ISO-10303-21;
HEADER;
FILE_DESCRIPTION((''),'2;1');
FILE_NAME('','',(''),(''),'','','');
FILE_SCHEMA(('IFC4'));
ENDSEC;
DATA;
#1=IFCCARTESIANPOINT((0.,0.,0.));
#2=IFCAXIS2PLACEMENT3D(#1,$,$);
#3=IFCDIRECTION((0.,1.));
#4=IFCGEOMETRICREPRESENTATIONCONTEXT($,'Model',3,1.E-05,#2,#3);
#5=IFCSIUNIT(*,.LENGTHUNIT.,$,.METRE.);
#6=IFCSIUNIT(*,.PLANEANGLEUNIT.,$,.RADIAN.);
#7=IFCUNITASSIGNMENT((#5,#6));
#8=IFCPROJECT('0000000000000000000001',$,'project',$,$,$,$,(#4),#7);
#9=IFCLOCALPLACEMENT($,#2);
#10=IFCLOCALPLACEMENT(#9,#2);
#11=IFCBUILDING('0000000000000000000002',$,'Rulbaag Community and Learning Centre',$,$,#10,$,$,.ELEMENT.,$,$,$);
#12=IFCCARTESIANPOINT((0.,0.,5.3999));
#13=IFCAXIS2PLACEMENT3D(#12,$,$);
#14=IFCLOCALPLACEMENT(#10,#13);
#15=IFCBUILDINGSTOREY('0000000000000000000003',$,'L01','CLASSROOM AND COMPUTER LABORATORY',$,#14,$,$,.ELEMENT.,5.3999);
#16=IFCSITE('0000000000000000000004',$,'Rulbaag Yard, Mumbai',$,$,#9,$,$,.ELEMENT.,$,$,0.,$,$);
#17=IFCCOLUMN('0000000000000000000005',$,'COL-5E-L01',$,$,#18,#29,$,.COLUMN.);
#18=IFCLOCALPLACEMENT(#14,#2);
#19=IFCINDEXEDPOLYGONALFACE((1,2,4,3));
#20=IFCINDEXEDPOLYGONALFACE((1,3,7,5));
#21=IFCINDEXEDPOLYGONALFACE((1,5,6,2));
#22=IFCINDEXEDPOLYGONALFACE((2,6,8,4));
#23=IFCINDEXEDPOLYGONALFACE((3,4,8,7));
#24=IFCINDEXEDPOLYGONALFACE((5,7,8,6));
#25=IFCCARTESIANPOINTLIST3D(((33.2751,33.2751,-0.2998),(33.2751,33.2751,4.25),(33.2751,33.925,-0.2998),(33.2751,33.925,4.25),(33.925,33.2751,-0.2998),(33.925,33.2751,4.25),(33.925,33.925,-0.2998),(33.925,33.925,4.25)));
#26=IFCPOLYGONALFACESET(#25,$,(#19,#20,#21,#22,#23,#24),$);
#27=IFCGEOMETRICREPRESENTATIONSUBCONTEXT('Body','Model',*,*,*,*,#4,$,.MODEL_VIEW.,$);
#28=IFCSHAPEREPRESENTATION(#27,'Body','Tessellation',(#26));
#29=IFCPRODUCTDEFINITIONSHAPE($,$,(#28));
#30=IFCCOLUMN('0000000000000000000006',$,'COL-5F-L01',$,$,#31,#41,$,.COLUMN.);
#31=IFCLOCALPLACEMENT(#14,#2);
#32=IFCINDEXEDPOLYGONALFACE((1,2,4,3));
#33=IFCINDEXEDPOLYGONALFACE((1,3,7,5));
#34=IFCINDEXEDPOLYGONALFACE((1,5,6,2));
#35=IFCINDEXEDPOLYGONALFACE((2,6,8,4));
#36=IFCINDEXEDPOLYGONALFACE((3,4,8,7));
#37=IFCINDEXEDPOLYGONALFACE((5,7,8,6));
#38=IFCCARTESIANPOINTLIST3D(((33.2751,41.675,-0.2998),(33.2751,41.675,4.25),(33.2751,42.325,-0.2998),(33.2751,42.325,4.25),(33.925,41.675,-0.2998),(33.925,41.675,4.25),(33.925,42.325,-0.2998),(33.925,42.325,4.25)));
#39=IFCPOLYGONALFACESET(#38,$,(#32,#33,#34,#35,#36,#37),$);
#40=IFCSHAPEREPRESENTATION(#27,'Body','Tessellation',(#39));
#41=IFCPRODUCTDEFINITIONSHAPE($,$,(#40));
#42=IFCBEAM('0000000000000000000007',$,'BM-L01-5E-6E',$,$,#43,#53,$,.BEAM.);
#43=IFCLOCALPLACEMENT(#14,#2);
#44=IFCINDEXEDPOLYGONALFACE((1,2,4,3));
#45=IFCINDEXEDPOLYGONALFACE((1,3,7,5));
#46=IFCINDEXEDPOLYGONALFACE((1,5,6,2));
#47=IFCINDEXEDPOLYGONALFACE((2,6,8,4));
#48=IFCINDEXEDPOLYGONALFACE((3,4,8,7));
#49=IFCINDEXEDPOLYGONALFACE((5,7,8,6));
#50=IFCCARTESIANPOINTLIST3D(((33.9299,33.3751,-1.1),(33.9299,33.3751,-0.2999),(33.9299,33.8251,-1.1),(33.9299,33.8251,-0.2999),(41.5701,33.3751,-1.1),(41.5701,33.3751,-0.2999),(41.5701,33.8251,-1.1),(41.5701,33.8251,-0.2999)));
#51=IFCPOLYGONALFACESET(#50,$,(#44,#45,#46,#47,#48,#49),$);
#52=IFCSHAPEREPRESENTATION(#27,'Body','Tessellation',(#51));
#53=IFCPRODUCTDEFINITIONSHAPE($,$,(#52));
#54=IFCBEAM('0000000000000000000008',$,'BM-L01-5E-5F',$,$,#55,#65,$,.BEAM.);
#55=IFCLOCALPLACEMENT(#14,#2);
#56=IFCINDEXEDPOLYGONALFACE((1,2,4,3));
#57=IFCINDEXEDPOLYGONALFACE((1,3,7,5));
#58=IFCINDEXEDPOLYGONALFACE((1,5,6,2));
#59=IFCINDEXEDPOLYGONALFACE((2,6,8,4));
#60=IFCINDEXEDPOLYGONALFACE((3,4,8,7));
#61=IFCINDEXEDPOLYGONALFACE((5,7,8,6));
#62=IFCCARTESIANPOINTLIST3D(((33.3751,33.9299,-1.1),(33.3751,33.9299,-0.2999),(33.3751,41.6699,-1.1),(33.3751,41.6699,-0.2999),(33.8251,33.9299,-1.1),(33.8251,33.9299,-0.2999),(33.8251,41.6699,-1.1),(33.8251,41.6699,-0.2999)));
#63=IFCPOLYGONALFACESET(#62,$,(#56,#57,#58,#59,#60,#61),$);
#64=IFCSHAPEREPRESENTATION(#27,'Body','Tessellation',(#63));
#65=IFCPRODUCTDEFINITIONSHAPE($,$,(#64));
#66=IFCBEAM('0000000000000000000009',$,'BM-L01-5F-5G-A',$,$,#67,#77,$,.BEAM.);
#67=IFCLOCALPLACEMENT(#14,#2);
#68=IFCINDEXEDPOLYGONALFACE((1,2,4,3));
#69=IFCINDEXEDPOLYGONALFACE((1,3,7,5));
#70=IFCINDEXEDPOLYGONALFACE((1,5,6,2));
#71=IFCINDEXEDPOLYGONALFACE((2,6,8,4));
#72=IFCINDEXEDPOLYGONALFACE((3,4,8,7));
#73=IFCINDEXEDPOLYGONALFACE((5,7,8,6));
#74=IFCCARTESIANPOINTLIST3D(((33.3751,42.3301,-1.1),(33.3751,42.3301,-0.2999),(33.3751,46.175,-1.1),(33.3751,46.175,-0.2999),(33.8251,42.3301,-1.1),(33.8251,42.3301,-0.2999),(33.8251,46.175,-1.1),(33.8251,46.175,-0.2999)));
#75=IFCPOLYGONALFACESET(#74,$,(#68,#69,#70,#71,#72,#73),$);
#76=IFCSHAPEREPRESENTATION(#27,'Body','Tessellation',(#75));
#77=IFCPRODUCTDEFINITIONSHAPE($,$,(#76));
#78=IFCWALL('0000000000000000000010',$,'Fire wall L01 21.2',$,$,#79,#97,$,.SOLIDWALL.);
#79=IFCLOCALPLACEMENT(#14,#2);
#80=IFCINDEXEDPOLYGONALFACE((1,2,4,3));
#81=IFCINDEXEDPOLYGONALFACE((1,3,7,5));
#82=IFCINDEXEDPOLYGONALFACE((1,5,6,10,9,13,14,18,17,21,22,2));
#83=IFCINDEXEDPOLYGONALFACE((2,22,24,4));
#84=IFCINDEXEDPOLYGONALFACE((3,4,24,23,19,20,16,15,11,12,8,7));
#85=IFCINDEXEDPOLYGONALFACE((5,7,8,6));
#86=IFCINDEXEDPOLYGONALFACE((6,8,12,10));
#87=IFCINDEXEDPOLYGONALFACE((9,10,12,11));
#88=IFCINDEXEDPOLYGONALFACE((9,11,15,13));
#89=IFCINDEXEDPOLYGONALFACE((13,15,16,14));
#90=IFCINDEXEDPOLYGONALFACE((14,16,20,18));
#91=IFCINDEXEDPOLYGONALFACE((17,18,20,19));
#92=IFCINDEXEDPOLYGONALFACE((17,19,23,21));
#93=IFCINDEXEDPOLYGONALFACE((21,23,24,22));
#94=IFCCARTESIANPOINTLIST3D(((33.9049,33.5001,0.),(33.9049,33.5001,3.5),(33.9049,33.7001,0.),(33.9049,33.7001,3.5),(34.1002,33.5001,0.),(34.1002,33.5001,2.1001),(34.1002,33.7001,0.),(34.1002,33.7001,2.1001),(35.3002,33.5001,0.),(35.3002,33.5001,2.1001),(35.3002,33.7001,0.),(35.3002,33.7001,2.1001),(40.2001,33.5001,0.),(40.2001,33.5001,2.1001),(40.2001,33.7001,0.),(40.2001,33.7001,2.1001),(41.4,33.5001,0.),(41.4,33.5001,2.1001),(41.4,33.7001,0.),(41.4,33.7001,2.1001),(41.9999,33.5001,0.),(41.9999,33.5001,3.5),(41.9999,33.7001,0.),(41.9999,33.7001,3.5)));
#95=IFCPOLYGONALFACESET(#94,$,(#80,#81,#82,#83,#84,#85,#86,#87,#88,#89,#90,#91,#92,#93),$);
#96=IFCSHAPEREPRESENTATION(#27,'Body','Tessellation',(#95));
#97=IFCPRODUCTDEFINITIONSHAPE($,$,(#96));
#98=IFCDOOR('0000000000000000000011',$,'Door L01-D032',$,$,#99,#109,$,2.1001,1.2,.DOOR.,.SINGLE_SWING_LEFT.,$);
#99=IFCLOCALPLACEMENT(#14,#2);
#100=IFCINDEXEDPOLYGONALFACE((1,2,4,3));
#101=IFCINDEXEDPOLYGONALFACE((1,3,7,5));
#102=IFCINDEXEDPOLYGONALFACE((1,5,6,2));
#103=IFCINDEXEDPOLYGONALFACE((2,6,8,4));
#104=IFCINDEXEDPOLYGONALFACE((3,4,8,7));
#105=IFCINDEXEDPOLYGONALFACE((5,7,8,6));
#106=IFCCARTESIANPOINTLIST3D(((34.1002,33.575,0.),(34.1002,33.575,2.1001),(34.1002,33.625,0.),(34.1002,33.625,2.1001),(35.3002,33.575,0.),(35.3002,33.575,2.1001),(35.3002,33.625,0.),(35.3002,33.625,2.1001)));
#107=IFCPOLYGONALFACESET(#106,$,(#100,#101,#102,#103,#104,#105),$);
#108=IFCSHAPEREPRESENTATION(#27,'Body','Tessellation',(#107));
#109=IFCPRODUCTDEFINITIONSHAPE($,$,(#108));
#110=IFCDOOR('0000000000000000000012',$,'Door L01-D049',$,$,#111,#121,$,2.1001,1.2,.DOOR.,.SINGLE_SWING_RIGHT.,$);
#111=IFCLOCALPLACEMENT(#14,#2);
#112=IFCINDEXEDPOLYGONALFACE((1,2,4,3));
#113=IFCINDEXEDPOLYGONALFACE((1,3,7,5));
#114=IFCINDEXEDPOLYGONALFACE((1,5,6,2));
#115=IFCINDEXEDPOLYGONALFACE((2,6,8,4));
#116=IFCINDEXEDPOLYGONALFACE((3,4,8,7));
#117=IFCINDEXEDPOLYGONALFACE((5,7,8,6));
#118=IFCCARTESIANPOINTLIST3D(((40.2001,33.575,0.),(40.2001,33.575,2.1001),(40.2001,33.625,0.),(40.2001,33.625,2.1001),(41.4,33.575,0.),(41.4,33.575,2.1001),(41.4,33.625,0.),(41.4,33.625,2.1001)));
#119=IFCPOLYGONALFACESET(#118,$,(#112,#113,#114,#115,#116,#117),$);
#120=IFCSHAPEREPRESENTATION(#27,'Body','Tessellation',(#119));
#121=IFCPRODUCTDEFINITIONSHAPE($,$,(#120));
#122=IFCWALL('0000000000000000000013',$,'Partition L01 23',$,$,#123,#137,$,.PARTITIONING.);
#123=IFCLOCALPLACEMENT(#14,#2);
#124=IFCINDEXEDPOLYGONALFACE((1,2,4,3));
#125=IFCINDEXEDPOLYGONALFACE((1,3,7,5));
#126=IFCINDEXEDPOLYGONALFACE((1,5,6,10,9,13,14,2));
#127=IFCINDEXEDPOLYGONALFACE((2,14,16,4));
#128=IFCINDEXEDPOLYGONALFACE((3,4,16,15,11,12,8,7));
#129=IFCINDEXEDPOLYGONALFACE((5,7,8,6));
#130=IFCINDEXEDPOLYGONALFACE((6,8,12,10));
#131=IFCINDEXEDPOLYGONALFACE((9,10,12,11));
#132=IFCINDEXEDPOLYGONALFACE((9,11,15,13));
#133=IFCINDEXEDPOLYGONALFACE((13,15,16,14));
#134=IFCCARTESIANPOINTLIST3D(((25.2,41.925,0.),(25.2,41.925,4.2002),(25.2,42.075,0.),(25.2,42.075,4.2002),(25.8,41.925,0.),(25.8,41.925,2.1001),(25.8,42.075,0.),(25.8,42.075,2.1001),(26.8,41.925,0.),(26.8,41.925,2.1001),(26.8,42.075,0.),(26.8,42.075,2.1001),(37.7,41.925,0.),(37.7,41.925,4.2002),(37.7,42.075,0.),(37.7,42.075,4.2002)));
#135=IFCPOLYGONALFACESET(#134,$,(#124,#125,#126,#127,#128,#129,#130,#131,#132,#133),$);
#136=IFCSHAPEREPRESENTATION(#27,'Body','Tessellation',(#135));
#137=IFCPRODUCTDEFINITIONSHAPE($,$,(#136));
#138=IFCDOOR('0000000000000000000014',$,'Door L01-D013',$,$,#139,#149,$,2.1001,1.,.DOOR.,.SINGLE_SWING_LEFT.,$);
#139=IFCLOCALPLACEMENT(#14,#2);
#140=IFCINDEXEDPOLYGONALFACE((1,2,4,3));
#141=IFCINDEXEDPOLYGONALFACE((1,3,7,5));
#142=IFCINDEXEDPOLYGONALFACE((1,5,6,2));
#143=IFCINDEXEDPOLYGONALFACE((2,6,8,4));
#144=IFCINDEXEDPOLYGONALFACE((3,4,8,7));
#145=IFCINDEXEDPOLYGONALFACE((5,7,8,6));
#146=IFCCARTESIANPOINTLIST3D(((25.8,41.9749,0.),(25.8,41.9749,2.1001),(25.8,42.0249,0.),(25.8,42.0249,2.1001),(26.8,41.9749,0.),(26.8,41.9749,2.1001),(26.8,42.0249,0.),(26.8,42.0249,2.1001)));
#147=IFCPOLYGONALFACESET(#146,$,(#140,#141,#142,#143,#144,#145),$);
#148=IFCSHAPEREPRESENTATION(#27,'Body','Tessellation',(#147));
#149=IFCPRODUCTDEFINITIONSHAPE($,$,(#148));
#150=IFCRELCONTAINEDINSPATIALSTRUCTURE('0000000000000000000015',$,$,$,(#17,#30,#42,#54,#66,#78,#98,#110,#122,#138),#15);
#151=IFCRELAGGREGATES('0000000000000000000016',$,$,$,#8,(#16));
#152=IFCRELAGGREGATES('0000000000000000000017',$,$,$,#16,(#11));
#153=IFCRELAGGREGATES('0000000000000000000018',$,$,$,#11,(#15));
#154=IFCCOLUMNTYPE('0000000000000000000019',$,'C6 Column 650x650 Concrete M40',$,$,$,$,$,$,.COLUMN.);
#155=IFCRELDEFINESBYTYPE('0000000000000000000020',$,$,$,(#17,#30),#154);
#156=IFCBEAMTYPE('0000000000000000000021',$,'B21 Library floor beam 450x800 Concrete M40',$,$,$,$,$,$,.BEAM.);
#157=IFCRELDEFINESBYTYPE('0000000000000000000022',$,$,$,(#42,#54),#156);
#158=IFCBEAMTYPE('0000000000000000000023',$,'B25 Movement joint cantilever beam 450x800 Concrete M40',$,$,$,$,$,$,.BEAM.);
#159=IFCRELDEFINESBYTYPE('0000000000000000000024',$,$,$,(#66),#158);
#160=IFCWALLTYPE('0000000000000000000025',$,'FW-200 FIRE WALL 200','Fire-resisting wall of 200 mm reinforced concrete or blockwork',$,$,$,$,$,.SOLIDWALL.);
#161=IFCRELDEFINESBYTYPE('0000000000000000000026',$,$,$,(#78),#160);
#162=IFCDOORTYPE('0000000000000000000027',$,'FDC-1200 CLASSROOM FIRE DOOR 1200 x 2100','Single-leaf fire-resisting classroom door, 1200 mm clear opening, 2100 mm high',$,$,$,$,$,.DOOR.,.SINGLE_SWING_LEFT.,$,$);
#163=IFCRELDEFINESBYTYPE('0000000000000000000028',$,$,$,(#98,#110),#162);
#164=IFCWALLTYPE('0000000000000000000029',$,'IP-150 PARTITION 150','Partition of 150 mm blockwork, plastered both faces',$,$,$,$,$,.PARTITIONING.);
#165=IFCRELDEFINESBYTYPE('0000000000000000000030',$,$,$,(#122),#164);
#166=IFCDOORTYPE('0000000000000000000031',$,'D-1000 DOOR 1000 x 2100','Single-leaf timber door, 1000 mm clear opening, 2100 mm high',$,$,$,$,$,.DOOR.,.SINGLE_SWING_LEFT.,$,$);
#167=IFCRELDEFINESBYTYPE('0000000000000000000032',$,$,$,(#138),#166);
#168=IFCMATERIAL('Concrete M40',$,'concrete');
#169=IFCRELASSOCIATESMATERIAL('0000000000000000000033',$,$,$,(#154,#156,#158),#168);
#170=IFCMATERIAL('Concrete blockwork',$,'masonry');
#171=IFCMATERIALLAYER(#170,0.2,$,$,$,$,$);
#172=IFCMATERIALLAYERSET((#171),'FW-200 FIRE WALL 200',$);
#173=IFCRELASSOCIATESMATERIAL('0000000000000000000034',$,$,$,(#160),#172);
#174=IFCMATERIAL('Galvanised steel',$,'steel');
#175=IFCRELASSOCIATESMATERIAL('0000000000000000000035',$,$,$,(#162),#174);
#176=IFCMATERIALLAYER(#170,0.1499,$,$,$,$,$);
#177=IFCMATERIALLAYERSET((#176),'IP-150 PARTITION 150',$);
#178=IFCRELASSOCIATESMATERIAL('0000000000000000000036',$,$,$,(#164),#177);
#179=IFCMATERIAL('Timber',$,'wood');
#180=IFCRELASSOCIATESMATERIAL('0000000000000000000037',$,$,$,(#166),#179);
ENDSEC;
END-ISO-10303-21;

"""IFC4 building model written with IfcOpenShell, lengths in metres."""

from ifc_helpers import new_model, si_unit, direction, frame, frame_2d, origin, origin_2d, place, context, subcontext, project, spatial, rectangle, extrude, material, layer, layer_set, material_profile, profile_set, type_object, element, fill, save


model = new_model("IFC4")

# Units and contexts
model_context = context("Model", 3, precision=1e-05, world=origin(), true_north=direction((0.0, 1.0)))
body_context = subcontext(model_context, "Body", "Model", "MODEL_VIEW")
ifc_project = project(units=[si_unit("LENGTHUNIT", "METRE"), si_unit("PLANEANGLEUNIT", "RADIAN")], contexts=[model_context])

# Site, building, storey
site_placement = place(None, origin())
site = spatial("IfcSite", under=ifc_project, at=site_placement, Name="Rulbaag Yard, Mumbai", CompositionType="ELEMENT", RefElevation=0.0)
building_placement = place(site_placement, origin())
building = spatial("IfcBuilding", under=site, at=building_placement, Name="Rulbaag Community and Learning Centre", CompositionType="ELEMENT")
storey_placement = place(building_placement, frame((0.0, 0.0, 5.3999)))
storey = spatial("IfcBuildingStorey", under=building, at=storey_placement, Name="L01", Description="CLASSROOM AND COMPUTER LABORATORY", CompositionType="ELEMENT", Elevation=5.3999)

# Columns
ifc_material_1 = material(Name="Concrete M40", Category="concrete")
ifc_material_profile_1 = material_profile(ifc_material_1, rectangle(XDim=0.6499, YDim=0.6499, at=origin_2d()), Name="RC650x650")
ifc_profile_set_1 = profile_set([ifc_material_profile_1], Name="Concrete M40")
column_type = type_object("IfcColumnType", Name="C6 Column 650x650 Concrete M40", PredefinedType="COLUMN", material=ifc_profile_set_1)
for number, where, z_axis, x_axis, name in (
    (1, (33.6001, 33.6001, -0.2998), (0.0, 0.0, 1.0), (1.0, 0.0, 0.0), "COL-5E-L01"),
    (2, (33.6001, 42.0, -0.2998), (0.0, 0.0, 1.0), (1.0, 0.0, 0.0), "COL-5F-L01"),
):
    element("IfcColumn", number, at=place(storey_placement, frame(where, z_axis=z_axis, x_axis=x_axis)), inside=storey, type_object=column_type, Name=name, PredefinedType="COLUMN", context=body_context, shape_type="SweptSolid", body=[
        extrude(rectangle(XDim=0.6499, YDim=0.6499, at=origin_2d()), origin(), (0.0, 0.0, 1.0), 4.5498),
    ])

# Beams
ifc_material_profile_2 = material_profile(ifc_material_1, rectangle(XDim=0.45, YDim=0.8, at=origin_2d()), Name="RB450x800")
ifc_profile_set_2 = profile_set([ifc_material_profile_2], Name="Concrete M40")
beam_type_1 = type_object("IfcBeamType", Name="B21 Library floor beam 450x800 Concrete M40", PredefinedType="BEAM", material=ifc_profile_set_2)
beam_1_placement = place(storey_placement, frame((33.9299, 33.6001, -0.7), z_axis=(1.0, 0.0, 0.0), x_axis=(0.0, 1.0, 0.0)))
element("IfcBeam", 3, at=beam_1_placement, inside=storey, type_object=beam_type_1, Name="BM-L01-5E-6E", PredefinedType="BEAM", context=body_context, shape_type="SweptSolid", body=[
    extrude(rectangle(XDim=0.45, YDim=0.8, at=origin_2d()), origin(), (0.0, 0.0, 1.0), 7.6401),
])
beam_2_placement = place(storey_placement, frame((33.6001, 33.9299, -0.7), z_axis=(0.0, 1.0, 0.0), x_axis=(-1.0, 0.0, 0.0)))
element("IfcBeam", 4, at=beam_2_placement, inside=storey, type_object=beam_type_1, Name="BM-L01-5E-5F", PredefinedType="BEAM", context=body_context, shape_type="SweptSolid", body=[
    extrude(rectangle(XDim=0.45, YDim=0.8, at=origin_2d()), origin(), (0.0, 0.0, 1.0), 7.74),
])
ifc_material_profile_3 = material_profile(ifc_material_1, rectangle(XDim=0.45, YDim=0.8, at=origin_2d()), Name="RB450x800")
ifc_profile_set_3 = profile_set([ifc_material_profile_3], Name="Concrete M40")
beam_type_2 = type_object("IfcBeamType", Name="B25 Movement joint cantilever beam 450x800 Concrete M40", PredefinedType="BEAM", material=ifc_profile_set_3)
beam_3_placement = place(storey_placement, frame((33.6001, 42.3301, -0.7), z_axis=(0.0, 1.0, 0.0), x_axis=(-1.0, 0.0, 0.0)))
element("IfcBeam", 5, at=beam_3_placement, inside=storey, type_object=beam_type_2, Name="BM-L01-5F-5G-A", PredefinedType="BEAM", context=body_context, shape_type="SweptSolid", body=[
    extrude(rectangle(XDim=0.45, YDim=0.8, at=origin_2d()), origin(), (0.0, 0.0, 1.0), 3.845),
])

# Wall, openings, doors
ifc_material_2 = material(Name="Concrete blockwork", Category="masonry")
ifc_layer_1 = layer(ifc_material_2, 0.2)
ifc_layer_set_1 = layer_set([ifc_layer_1], Name="FW-200 FIRE WALL 200")
wall_type_1 = type_object("IfcWallType", Name="FW-200 FIRE WALL 200", Description="Fire-resisting wall of 200 mm reinforced concrete or blockwork", PredefinedType="SOLIDWALL", material=ifc_layer_set_1)
wall_1_placement = place(storey_placement, frame((33.905, 33.6001, 0.0), z_axis=(0.0, 0.0, 1.0), x_axis=(1.0, 0.0, 0.0)))
wall_1 = element("IfcWall", 6, at=wall_1_placement, inside=storey, type_object=wall_type_1, Name="Fire wall L01 21.2", PredefinedType="SOLIDWALL", context=body_context, shape_type="SweptSolid", body=[
    extrude(rectangle(XDim=8.095, YDim=0.2, at=frame_2d((4.0474, 0.0))), origin(), (0.0, 0.0, 1.0), 3.5),
])
opening_1_placement = place(wall_1_placement, frame((0.1951, 0.0, 0.0)))
opening_1 = element("IfcOpeningElement", 7, at=opening_1_placement, cuts=wall_1, PredefinedType="OPENING", context=body_context, shape_type="SweptSolid", body=[
    extrude(rectangle(XDim=1.2, YDim=2.1001, at=frame_2d((0.6001, 1.05))), frame((0.0, 0.1099, 0.0), z_axis=(0.0, -1.0, 0.0), x_axis=(1.0, 0.0, 0.0)), (0.0, 0.0, 1.0), 0.22),
])
opening_2_placement = place(wall_1_placement, frame((6.2949, 0.0, 0.0)))
opening_2 = element("IfcOpeningElement", 8, at=opening_2_placement, cuts=wall_1, PredefinedType="OPENING", context=body_context, shape_type="SweptSolid", body=[
    extrude(rectangle(XDim=1.2, YDim=2.1001, at=frame_2d((0.6001, 1.05))), frame((0.0, 0.1099, 0.0), z_axis=(0.0, -1.0, 0.0), x_axis=(1.0, 0.0, 0.0)), (0.0, 0.0, 1.0), 0.22),
])
ifc_material_3 = material(Name="Galvanised steel", Category="steel")
door_type_1 = type_object("IfcDoorType", Name="FDC-1200 CLASSROOM FIRE DOOR 1200 x 2100", Description="Single-leaf fire-resisting classroom door, 1200 mm clear opening, 2100 mm high", OperationType="SINGLE_SWING_LEFT", PredefinedType="DOOR", material=ifc_material_3)
door_1_placement = place(opening_1_placement, origin())
door_1 = element("IfcDoor", 9, at=door_1_placement, inside=storey, type_object=door_type_1, Name="Door L01-D032", OperationType="SINGLE_SWING_LEFT", OverallHeight=2.1001, OverallWidth=1.2, PredefinedType="DOOR", context=body_context, shape_type="SweptSolid", body=[
    extrude(rectangle(XDim=1.2, YDim=2.1001, at=frame_2d((0.6001, 1.05))), frame((0.0, 0.0249, 0.0), z_axis=(0.0, -1.0, 0.0), x_axis=(1.0, 0.0, 0.0)), (0.0, 0.0, 1.0), 0.05),
])
fill(opening_1, door_1)
door_2_placement = place(opening_2_placement, origin())
door_2 = element("IfcDoor", 10, at=door_2_placement, inside=storey, type_object=door_type_1, Name="Door L01-D049", OperationType="SINGLE_SWING_RIGHT", OverallHeight=2.1001, OverallWidth=1.2, PredefinedType="DOOR", context=body_context, shape_type="SweptSolid", body=[
    extrude(rectangle(XDim=1.2, YDim=2.1001, at=frame_2d((0.6001, 1.05))), frame((0.0, 0.0249, 0.0), z_axis=(0.0, -1.0, 0.0), x_axis=(1.0, 0.0, 0.0)), (0.0, 0.0, 1.0), 0.05),
])
fill(opening_2, door_2)

# Wall, opening, door
ifc_layer_2 = layer(ifc_material_2, 0.1499)
ifc_layer_set_2 = layer_set([ifc_layer_2], Name="IP-150 PARTITION 150")
wall_type_2 = type_object("IfcWallType", Name="IP-150 PARTITION 150", Description="Partition of 150 mm blockwork, plastered both faces", PredefinedType="PARTITIONING", material=ifc_layer_set_2)
wall_2_placement = place(storey_placement, frame((25.2, 42.0, 0.0), z_axis=(0.0, 0.0, 1.0), x_axis=(1.0, 0.0, 0.0)))
wall_2 = element("IfcWall", 11, at=wall_2_placement, inside=storey, type_object=wall_type_2, Name="Partition L01 23", PredefinedType="PARTITIONING", context=body_context, shape_type="SweptSolid", body=[
    extrude(rectangle(XDim=12.5, YDim=0.1499, at=frame_2d((6.25, 0.0))), origin(), (0.0, 0.0, 1.0), 4.2002),
])
opening_3_placement = place(wall_2_placement, frame((0.6001, 0.0, 0.0)))
opening_3 = element("IfcOpeningElement", 12, at=opening_3_placement, cuts=wall_2, PredefinedType="OPENING", context=body_context, shape_type="SweptSolid", body=[
    extrude(rectangle(XDim=1.0, YDim=2.1001, at=frame_2d((0.5, 1.05))), frame((0.0, 0.085, 0.0), z_axis=(0.0, -1.0, 0.0), x_axis=(1.0, 0.0, 0.0)), (0.0, 0.0, 1.0), 0.1699),
])
ifc_material_4 = material(Name="Timber", Category="wood")
door_type_2 = type_object("IfcDoorType", Name="D-1000 DOOR 1000 x 2100", Description="Single-leaf timber door, 1000 mm clear opening, 2100 mm high", OperationType="SINGLE_SWING_LEFT", PredefinedType="DOOR", material=ifc_material_4)
door_3_placement = place(opening_3_placement, origin())
door_3 = element("IfcDoor", 13, at=door_3_placement, inside=storey, type_object=door_type_2, Name="Door L01-D013", OperationType="SINGLE_SWING_LEFT", OverallHeight=2.1001, OverallWidth=1.0, PredefinedType="DOOR", context=body_context, shape_type="SweptSolid", body=[
    extrude(rectangle(XDim=1.0, YDim=2.1001, at=frame_2d((0.5, 1.05))), frame((0.0, 0.0249, 0.0), z_axis=(0.0, -1.0, 0.0), x_axis=(1.0, 0.0, 0.0)), (0.0, 0.0, 1.0), 0.05),
])
fill(opening_3, door_3)

save(model, "model.ifc")
